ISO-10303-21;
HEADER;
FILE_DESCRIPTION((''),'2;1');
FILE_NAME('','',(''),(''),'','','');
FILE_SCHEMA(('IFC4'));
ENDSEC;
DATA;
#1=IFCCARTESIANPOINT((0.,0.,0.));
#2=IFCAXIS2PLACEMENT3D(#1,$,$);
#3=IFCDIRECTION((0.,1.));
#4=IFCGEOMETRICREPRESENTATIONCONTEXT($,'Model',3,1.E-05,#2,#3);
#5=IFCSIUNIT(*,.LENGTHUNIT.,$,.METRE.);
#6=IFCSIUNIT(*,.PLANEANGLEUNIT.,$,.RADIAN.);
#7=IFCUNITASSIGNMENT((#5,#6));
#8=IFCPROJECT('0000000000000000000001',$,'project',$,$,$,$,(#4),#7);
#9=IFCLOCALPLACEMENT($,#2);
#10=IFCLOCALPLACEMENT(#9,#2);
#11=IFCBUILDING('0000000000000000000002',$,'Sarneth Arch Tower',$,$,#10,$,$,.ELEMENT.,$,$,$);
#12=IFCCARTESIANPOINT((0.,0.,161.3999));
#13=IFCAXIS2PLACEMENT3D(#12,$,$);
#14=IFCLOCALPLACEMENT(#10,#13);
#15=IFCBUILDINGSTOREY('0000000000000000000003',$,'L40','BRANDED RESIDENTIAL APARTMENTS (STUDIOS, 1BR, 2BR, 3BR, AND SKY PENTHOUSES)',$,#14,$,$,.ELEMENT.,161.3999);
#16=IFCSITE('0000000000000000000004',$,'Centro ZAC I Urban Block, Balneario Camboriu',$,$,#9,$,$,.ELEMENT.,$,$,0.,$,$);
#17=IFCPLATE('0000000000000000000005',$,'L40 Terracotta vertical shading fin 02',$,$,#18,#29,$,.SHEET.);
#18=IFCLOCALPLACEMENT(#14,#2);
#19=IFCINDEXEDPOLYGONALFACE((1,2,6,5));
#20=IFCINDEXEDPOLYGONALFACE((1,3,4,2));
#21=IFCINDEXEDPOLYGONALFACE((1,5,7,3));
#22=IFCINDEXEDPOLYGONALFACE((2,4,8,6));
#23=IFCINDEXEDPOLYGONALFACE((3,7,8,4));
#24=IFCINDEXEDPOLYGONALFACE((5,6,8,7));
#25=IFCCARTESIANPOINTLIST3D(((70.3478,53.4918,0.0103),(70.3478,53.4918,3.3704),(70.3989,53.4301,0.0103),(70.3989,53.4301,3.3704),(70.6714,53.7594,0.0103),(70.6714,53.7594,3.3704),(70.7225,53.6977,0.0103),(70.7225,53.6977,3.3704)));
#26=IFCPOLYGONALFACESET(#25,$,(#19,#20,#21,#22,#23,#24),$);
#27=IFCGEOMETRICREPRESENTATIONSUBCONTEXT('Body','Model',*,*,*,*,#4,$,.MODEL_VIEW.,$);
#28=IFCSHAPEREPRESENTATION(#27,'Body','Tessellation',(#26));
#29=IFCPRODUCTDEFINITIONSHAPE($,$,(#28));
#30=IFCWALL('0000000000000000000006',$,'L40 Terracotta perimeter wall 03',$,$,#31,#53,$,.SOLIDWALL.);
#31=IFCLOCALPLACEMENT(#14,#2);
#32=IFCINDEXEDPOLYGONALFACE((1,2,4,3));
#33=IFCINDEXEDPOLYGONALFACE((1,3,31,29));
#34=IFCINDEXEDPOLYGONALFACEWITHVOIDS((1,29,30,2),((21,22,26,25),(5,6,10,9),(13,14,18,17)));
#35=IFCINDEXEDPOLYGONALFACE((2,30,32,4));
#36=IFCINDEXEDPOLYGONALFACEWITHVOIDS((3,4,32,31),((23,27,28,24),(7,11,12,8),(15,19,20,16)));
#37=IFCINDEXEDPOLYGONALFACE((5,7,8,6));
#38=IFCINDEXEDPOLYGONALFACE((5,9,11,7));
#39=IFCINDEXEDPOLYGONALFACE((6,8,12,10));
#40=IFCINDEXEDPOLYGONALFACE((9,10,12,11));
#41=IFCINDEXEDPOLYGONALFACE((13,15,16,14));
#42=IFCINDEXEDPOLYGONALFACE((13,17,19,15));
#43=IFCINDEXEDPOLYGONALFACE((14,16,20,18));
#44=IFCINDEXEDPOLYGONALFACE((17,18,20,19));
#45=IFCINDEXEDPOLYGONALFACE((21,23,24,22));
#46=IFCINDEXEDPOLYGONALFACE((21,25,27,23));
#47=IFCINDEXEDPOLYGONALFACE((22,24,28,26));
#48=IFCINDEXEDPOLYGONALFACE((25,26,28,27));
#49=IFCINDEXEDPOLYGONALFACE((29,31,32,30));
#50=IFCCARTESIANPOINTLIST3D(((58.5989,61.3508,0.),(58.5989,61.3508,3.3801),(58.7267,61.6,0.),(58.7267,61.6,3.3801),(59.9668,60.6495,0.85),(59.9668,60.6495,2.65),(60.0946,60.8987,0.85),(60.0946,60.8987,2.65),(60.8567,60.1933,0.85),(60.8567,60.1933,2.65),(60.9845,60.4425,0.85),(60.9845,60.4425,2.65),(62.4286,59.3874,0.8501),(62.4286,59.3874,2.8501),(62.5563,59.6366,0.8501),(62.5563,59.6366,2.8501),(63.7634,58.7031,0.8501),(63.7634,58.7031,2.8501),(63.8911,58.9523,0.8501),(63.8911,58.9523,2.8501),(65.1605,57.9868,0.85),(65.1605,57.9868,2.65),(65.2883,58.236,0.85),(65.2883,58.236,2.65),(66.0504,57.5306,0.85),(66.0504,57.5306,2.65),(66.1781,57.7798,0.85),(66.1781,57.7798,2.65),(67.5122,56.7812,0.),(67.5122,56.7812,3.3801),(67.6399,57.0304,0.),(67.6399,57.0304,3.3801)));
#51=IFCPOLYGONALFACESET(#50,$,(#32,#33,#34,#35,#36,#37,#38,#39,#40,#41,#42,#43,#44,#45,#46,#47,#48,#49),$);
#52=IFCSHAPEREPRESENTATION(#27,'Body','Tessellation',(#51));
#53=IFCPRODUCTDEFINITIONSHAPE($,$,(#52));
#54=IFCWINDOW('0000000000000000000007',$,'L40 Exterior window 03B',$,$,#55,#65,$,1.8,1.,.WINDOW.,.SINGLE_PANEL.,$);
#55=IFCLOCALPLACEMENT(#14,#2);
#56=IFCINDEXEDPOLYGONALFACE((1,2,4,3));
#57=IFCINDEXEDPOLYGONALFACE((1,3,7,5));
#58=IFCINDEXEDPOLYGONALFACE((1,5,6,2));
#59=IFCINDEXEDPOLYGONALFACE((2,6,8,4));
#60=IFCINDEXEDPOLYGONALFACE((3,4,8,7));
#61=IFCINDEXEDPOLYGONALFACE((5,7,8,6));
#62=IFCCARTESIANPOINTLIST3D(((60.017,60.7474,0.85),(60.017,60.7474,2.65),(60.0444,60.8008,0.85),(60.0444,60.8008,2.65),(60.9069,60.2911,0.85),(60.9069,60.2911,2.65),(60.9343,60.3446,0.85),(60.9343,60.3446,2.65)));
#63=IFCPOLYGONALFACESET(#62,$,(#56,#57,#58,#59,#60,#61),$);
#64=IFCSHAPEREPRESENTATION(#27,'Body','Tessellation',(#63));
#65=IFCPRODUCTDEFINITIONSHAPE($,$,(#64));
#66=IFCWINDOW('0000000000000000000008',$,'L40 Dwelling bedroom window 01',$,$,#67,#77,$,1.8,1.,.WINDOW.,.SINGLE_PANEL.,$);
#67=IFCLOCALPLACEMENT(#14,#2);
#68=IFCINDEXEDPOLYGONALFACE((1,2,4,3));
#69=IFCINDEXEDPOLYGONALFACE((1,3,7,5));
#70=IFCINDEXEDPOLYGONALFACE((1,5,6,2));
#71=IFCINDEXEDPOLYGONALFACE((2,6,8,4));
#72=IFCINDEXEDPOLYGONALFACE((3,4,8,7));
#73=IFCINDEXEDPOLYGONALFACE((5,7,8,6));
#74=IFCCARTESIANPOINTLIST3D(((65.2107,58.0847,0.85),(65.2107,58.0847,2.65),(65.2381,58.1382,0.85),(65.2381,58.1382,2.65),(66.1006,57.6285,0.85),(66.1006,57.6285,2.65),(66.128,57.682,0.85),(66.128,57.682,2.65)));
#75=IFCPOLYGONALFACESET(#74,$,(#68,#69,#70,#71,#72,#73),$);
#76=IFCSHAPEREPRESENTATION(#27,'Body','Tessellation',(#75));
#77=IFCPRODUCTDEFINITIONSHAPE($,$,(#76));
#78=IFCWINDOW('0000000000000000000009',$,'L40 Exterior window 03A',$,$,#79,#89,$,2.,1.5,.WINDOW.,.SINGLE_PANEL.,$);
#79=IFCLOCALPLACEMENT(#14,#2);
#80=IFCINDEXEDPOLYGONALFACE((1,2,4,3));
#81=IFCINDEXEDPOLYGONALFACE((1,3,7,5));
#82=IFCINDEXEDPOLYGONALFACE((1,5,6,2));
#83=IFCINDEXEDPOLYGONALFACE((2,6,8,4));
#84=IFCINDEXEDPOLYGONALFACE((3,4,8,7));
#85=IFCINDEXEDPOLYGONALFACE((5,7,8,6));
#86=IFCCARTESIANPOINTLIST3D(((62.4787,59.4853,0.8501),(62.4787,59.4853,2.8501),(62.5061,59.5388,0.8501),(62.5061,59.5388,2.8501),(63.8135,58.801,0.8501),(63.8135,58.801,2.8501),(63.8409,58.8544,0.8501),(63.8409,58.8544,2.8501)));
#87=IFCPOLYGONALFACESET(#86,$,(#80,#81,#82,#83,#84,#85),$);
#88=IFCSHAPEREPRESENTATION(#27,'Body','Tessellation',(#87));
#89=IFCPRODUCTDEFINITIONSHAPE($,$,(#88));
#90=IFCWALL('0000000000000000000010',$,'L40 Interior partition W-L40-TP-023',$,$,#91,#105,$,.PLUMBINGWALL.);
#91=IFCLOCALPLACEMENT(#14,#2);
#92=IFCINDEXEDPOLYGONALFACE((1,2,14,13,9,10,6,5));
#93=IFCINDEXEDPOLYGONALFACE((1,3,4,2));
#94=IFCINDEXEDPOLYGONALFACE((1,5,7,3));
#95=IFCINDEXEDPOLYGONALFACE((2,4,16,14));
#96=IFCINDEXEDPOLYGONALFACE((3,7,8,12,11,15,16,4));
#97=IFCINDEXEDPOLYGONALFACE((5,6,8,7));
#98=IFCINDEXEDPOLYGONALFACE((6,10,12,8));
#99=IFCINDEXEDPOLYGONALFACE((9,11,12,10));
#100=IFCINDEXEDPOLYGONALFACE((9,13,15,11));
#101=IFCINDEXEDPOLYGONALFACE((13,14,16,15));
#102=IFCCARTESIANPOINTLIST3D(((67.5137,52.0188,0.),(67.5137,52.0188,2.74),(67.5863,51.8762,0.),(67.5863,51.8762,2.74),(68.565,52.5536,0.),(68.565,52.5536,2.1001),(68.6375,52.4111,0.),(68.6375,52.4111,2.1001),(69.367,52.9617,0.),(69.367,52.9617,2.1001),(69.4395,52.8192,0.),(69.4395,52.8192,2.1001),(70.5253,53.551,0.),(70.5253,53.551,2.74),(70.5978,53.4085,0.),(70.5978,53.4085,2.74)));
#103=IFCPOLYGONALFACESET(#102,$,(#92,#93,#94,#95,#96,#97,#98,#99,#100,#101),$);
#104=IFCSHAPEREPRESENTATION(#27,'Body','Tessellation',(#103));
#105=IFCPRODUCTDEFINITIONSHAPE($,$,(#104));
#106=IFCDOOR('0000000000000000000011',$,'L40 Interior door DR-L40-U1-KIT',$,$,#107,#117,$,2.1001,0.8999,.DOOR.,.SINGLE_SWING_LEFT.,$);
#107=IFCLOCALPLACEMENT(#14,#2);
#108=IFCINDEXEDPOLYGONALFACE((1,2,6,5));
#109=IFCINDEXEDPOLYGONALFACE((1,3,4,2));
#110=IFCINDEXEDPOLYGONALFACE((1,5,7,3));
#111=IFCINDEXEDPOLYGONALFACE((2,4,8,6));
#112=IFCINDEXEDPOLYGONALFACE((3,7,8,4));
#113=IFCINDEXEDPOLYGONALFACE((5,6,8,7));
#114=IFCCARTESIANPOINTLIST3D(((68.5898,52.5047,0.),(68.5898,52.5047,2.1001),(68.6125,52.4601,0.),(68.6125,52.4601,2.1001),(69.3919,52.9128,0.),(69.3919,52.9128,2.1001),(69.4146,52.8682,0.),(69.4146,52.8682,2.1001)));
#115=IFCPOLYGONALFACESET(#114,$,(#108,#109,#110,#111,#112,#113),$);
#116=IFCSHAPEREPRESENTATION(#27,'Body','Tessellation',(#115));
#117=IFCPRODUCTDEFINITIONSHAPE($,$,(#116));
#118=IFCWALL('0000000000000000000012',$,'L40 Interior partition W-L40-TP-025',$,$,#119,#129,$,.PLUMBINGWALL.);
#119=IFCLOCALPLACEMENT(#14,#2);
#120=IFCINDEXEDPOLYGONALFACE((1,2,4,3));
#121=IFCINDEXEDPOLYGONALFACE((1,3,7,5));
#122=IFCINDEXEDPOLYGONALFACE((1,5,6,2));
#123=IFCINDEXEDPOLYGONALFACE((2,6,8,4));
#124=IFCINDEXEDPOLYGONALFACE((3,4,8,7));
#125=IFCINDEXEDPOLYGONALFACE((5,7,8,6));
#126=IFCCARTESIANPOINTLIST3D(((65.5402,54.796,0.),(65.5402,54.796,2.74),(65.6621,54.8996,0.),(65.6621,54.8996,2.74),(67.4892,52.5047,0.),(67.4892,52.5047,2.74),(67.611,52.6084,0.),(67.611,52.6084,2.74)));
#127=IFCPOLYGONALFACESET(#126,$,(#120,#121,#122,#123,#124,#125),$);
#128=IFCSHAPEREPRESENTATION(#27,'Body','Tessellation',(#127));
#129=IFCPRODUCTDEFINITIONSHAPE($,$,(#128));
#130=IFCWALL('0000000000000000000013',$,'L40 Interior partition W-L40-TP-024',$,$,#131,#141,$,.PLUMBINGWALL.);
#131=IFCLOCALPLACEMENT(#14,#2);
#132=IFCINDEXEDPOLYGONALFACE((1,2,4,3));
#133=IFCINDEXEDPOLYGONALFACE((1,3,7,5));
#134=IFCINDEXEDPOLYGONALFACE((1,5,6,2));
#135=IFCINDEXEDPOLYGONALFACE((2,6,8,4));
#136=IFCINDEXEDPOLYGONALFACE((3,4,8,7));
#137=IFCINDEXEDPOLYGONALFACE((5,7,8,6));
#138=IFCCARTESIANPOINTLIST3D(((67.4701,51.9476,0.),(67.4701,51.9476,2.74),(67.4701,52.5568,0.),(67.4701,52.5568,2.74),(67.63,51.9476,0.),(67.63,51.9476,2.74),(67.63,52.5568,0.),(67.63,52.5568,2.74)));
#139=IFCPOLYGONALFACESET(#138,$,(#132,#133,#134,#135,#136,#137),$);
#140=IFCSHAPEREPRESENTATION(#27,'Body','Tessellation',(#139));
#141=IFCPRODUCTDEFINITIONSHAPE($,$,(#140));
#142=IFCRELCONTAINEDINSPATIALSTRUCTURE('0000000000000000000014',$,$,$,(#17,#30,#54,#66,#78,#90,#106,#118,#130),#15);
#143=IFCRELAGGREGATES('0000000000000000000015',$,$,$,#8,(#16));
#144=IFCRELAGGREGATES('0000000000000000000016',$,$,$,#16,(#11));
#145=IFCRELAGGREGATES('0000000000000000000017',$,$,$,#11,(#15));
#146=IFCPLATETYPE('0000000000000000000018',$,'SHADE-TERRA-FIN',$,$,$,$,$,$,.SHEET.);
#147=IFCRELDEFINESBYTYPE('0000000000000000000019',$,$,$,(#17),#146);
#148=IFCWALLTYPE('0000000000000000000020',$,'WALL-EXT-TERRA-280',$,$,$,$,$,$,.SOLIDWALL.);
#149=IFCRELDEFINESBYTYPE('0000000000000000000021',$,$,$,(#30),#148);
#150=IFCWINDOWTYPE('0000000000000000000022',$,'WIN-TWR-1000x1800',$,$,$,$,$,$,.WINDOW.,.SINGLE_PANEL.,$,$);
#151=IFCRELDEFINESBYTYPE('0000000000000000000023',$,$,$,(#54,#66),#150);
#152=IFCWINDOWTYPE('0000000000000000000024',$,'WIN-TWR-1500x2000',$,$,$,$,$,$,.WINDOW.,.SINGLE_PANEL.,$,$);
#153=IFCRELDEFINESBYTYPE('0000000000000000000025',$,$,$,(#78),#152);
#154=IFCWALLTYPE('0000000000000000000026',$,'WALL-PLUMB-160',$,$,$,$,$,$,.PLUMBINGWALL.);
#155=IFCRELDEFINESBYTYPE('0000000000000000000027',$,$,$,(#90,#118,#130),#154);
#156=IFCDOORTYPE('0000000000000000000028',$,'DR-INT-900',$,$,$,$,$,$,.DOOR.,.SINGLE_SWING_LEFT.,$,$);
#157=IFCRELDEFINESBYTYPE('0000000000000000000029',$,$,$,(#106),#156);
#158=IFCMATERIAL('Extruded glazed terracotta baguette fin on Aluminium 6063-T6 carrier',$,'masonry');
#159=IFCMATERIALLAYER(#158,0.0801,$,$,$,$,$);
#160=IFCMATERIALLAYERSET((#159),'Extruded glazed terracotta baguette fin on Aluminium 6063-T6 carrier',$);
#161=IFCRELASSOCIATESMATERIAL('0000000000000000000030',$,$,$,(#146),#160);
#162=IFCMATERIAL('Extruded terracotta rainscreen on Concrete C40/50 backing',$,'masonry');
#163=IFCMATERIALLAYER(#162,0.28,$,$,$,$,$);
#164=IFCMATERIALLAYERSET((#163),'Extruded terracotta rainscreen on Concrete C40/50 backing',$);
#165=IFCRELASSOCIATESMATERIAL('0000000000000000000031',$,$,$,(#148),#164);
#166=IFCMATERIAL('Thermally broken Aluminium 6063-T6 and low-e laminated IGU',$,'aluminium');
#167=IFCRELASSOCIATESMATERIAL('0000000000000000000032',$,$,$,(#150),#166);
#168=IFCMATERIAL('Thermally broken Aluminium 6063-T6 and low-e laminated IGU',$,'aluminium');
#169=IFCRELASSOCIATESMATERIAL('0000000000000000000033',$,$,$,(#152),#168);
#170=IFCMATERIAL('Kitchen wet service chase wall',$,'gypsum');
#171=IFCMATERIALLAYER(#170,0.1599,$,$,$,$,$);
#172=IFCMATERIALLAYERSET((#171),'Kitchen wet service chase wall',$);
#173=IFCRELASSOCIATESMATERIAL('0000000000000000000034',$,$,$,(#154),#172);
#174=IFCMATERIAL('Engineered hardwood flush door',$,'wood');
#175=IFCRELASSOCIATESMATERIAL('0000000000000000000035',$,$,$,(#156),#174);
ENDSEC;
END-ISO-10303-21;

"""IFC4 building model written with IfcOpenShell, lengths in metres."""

from ifc_helpers import new_model, si_unit, direction, frame, frame_2d, origin, origin_2d, place, context, subcontext, project, spatial, rectangle, extrude, material, layer, layer_set, type_object, element, fill, save


model = new_model("IFC4")

# Units and contexts
model_context = context("Model", 3, precision=1e-05, world=origin(), true_north=direction((0.0, 1.0)))
body_context = subcontext(model_context, "Body", "Model", "MODEL_VIEW")
ifc_project = project(units=[si_unit("LENGTHUNIT", "METRE"), si_unit("PLANEANGLEUNIT", "RADIAN")], contexts=[model_context])

# Site, building, storey
site_placement = place(None, origin())
site = spatial("IfcSite", under=ifc_project, at=site_placement, Name="Centro ZAC I Urban Block, Balneario Camboriu", CompositionType="ELEMENT", RefElevation=0.0)
building_placement = place(site_placement, origin())
building = spatial("IfcBuilding", under=site, at=building_placement, Name="Sarneth Arch Tower", CompositionType="ELEMENT")
storey_placement = place(building_placement, frame((0.0, 0.0, 161.3999)))
storey = spatial("IfcBuildingStorey", under=building, at=storey_placement, Name="L40", Description="BRANDED RESIDENTIAL APARTMENTS (STUDIOS, 1BR, 2BR, 3BR, AND SKY PENTHOUSES)", CompositionType="ELEMENT", Elevation=161.3999)

# Plate
ifc_material_1 = material(Name="Extruded glazed terracotta baguette fin on Aluminium 6063-T6 carrier", Category="masonry")
ifc_layer_1 = layer(ifc_material_1, 0.0801)
ifc_layer_set_1 = layer_set([ifc_layer_1], Name="Extruded glazed terracotta baguette fin on Aluminium 6063-T6 carrier")
plate_type_1 = type_object("IfcPlateType", Name="SHADE-TERRA-FIN", PredefinedType="SHEET", material=ifc_layer_set_1)
plate_1_placement = place(storey_placement, frame((70.5352, 53.5947, 0.0103), z_axis=(0.0, 0.0, 1.0), x_axis=(0.770624, 0.63729, 0.0)))
element("IfcPlate", 1, at=plate_1_placement, inside=storey, type_object=plate_type_1, Name="L40 Terracotta vertical shading fin 02", PredefinedType="SHEET", context=body_context, shape_type="SweptSolid", body=[
    extrude(rectangle(XDim=0.4199, YDim=0.0801, at=origin_2d()), origin(), (0.0, 0.0, 1.0), 3.3601),
])

# Wall, openings, windows
ifc_material_2 = material(Name="Extruded terracotta rainscreen on Concrete C40/50 backing", Category="masonry")
ifc_layer_2 = layer(ifc_material_2, 0.28)
ifc_layer_set_2 = layer_set([ifc_layer_2], Name="Extruded terracotta rainscreen on Concrete C40/50 backing")
wall_type_1 = type_object("IfcWallType", Name="WALL-EXT-TERRA-280", PredefinedType="SOLIDWALL", material=ifc_layer_set_2)
wall_1_placement = place(storey_placement, frame((67.5762, 56.9058, 0.0), z_axis=(0.0, 0.0, 1.0), x_axis=(-0.889873, 0.456209, 0.0)))
wall_1 = element("IfcWall", 2, at=wall_1_placement, inside=storey, type_object=wall_type_1, Name="L40 Terracotta perimeter wall 03", PredefinedType="SOLIDWALL", context=body_context, shape_type="SweptSolid", body=[
    extrude(rectangle(XDim=10.0164, YDim=0.28, at=frame_2d((5.0083, 0.0))), origin(), (0.0, 0.0, 1.0), 3.3801),
])
opening_1_placement = place(wall_1_placement, frame((4.2129, 0.0, 0.8501)))
opening_1 = element("IfcOpeningElement", 3, at=opening_1_placement, cuts=wall_1, PredefinedType="OPENING", context=body_context, shape_type="SweptSolid", body=[
    extrude(rectangle(XDim=1.5, YDim=2.0, at=frame_2d((0.75, 1.0))), frame((0.0, 0.1499, 0.0), z_axis=(0.0, -1.0, 0.0), x_axis=(1.0, 0.0, 0.0)), (0.0, 0.0, 1.0), 0.3),
])
opening_2_placement = place(wall_1_placement, frame((7.4792, 0.0, 0.8501)))
opening_2 = element("IfcOpeningElement", 4, at=opening_2_placement, cuts=wall_1, PredefinedType="OPENING", context=body_context, shape_type="SweptSolid", body=[
    extrude(rectangle(XDim=1.0, YDim=1.8, at=frame_2d((0.5, 0.8999))), frame((0.0, 0.1499, 0.0), z_axis=(0.0, -1.0, 0.0), x_axis=(1.0, 0.0, 0.0)), (0.0, 0.0, 1.0), 0.3),
])
opening_3_placement = place(wall_1_placement, frame((1.6428, 0.0, 0.8501)))
opening_3 = element("IfcOpeningElement", 5, at=opening_3_placement, cuts=wall_1, PredefinedType="OPENING", context=body_context, shape_type="SweptSolid", body=[
    extrude(rectangle(XDim=1.0, YDim=1.8, at=frame_2d((0.5, 0.8999))), frame((0.0, 0.1499, 0.0), z_axis=(0.0, -1.0, 0.0), x_axis=(1.0, 0.0, 0.0)), (0.0, 0.0, 1.0), 0.3),
])
ifc_material_3 = material(Name="Thermally broken Aluminium 6063-T6 and low-e laminated IGU", Category="aluminium")
window_type_1 = type_object("IfcWindowType", Name="WIN-TWR-1000x1800", PartitioningType="SINGLE_PANEL", PredefinedType="WINDOW", material=ifc_material_3)
window_1_placement = place(opening_2_placement, origin())
window_1 = element("IfcWindow", 6, at=window_1_placement, inside=storey, type_object=window_type_1, Name="L40 Exterior window 03B", OverallHeight=1.8, OverallWidth=1.0, PartitioningType="SINGLE_PANEL", PredefinedType="WINDOW", context=body_context, shape_type="SweptSolid", body=[
    extrude(rectangle(XDim=1.0, YDim=1.8, at=frame_2d((0.5, 0.8999))), frame((0.0, 0.03, 0.0), z_axis=(0.0, -1.0, 0.0), x_axis=(1.0, 0.0, 0.0)), (0.0, 0.0, 1.0), 0.0601),
])
fill(opening_2, window_1)
window_2_placement = place(opening_3_placement, origin())
window_2 = element("IfcWindow", 7, at=window_2_placement, inside=storey, type_object=window_type_1, Name="L40 Dwelling bedroom window 01", OverallHeight=1.8, OverallWidth=1.0, PartitioningType="SINGLE_PANEL", PredefinedType="WINDOW", context=body_context, shape_type="SweptSolid", body=[
    extrude(rectangle(XDim=1.0, YDim=1.8, at=frame_2d((0.5, 0.8999))), frame((0.0, 0.03, 0.0), z_axis=(0.0, -1.0, 0.0), x_axis=(1.0, 0.0, 0.0)), (0.0, 0.0, 1.0), 0.0601),
])
fill(opening_3, window_2)
ifc_material_4 = material(Name="Thermally broken Aluminium 6063-T6 and low-e laminated IGU", Category="aluminium")
window_type_2 = type_object("IfcWindowType", Name="WIN-TWR-1500x2000", PartitioningType="SINGLE_PANEL", PredefinedType="WINDOW", material=ifc_material_4)
window_3_placement = place(opening_1_placement, origin())
window_3 = element("IfcWindow", 8, at=window_3_placement, inside=storey, type_object=window_type_2, Name="L40 Exterior window 03A", OverallHeight=2.0, OverallWidth=1.5, PartitioningType="SINGLE_PANEL", PredefinedType="WINDOW", context=body_context, shape_type="SweptSolid", body=[
    extrude(rectangle(XDim=1.5, YDim=2.0, at=frame_2d((0.75, 1.0))), frame((0.0, 0.03, 0.0), z_axis=(0.0, -1.0, 0.0), x_axis=(1.0, 0.0, 0.0)), (0.0, 0.0, 1.0), 0.0601),
])
fill(opening_1, window_3)

# Wall, opening, door
ifc_material_5 = material(Name="Kitchen wet service chase wall", Category="gypsum")
ifc_layer_3 = layer(ifc_material_5, 0.1599)
ifc_layer_set_3 = layer_set([ifc_layer_3], Name="Kitchen wet service chase wall")
wall_type_2 = type_object("IfcWallType", Name="WALL-PLUMB-160", PredefinedType="PLUMBINGWALL", material=ifc_layer_set_3)
wall_2_placement = place(storey_placement, frame((70.5615, 53.4797, 0.0), z_axis=(0.0, 0.0, 1.0), x_axis=(-0.891269, -0.453474, 0.0)))
wall_2 = element("IfcWall", 9, at=wall_2_placement, inside=storey, type_object=wall_type_2, Name="L40 Interior partition W-L40-TP-023", PredefinedType="PLUMBINGWALL", context=body_context, shape_type="SweptSolid", body=[
    extrude(rectangle(XDim=3.3789, YDim=0.1599, at=frame_2d((1.6895, 0.0))), origin(), (0.0, 0.0, 1.0), 2.74),
])
opening_4_placement = place(wall_2_placement, frame((1.2996, 0.0, 0.0)))
opening_4 = element("IfcOpeningElement", 10, at=opening_4_placement, cuts=wall_2, PredefinedType="OPENING", context=body_context, shape_type="SweptSolid", body=[
    extrude(rectangle(XDim=0.8999, YDim=2.1001, at=frame_2d((0.45, 1.05))), frame((0.0, 0.0898, 0.0), z_axis=(0.0, -1.0, 0.0), x_axis=(1.0, 0.0, 0.0)), (0.0, 0.0, 1.0), 0.1799),
])
ifc_material_6 = material(Name="Engineered hardwood flush door", Category="wood")
door_type = type_object("IfcDoorType", Name="DR-INT-900", OperationType="SINGLE_SWING_LEFT", PredefinedType="DOOR", material=ifc_material_6)
door_placement = place(opening_4_placement, origin())
door = element("IfcDoor", 11, at=door_placement, inside=storey, type_object=door_type, Name="L40 Interior door DR-L40-U1-KIT", OperationType="SINGLE_SWING_LEFT", OverallHeight=2.1001, OverallWidth=0.8999, PredefinedType="DOOR", context=body_context, shape_type="SweptSolid", body=[
    extrude(rectangle(XDim=0.8999, YDim=2.1001, at=frame_2d((0.45, 1.05))), frame((0.0, 0.0249, 0.0), z_axis=(0.0, -1.0, 0.0), x_axis=(1.0, 0.0, 0.0)), (0.0, 0.0, 1.0), 0.05),
])
fill(opening_4, door)

# Walls
wall_3_placement = place(storey_placement, frame((67.55, 52.5566, 0.0), z_axis=(0.0, 0.0, 1.0), x_axis=(-0.647919, 0.761709, 0.0)))
element("IfcWall", 12, at=wall_3_placement, inside=storey, type_object=wall_type_2, Name="L40 Interior partition W-L40-TP-025", PredefinedType="PLUMBINGWALL", context=body_context, shape_type="SweptSolid", body=[
    extrude(rectangle(XDim=3.0081, YDim=0.1599, at=frame_2d((1.5039, 0.0))), origin(), (0.0, 0.0, 1.0), 2.74),
])
wall_4_placement = place(storey_placement, frame((67.55, 51.9475, 0.0), z_axis=(0.0, 0.0, 1.0), x_axis=(0.0, 1.0, 0.0)))
element("IfcWall", 13, at=wall_4_placement, inside=storey, type_object=wall_type_2, Name="L40 Interior partition W-L40-TP-024", PredefinedType="PLUMBINGWALL", context=body_context, shape_type="SweptSolid", body=[
    extrude(rectangle(XDim=0.6091, YDim=0.1599, at=frame_2d((0.3047, 0.0))), origin(), (0.0, 0.0, 1.0), 2.74),
])

save(model, "model.ifc")
